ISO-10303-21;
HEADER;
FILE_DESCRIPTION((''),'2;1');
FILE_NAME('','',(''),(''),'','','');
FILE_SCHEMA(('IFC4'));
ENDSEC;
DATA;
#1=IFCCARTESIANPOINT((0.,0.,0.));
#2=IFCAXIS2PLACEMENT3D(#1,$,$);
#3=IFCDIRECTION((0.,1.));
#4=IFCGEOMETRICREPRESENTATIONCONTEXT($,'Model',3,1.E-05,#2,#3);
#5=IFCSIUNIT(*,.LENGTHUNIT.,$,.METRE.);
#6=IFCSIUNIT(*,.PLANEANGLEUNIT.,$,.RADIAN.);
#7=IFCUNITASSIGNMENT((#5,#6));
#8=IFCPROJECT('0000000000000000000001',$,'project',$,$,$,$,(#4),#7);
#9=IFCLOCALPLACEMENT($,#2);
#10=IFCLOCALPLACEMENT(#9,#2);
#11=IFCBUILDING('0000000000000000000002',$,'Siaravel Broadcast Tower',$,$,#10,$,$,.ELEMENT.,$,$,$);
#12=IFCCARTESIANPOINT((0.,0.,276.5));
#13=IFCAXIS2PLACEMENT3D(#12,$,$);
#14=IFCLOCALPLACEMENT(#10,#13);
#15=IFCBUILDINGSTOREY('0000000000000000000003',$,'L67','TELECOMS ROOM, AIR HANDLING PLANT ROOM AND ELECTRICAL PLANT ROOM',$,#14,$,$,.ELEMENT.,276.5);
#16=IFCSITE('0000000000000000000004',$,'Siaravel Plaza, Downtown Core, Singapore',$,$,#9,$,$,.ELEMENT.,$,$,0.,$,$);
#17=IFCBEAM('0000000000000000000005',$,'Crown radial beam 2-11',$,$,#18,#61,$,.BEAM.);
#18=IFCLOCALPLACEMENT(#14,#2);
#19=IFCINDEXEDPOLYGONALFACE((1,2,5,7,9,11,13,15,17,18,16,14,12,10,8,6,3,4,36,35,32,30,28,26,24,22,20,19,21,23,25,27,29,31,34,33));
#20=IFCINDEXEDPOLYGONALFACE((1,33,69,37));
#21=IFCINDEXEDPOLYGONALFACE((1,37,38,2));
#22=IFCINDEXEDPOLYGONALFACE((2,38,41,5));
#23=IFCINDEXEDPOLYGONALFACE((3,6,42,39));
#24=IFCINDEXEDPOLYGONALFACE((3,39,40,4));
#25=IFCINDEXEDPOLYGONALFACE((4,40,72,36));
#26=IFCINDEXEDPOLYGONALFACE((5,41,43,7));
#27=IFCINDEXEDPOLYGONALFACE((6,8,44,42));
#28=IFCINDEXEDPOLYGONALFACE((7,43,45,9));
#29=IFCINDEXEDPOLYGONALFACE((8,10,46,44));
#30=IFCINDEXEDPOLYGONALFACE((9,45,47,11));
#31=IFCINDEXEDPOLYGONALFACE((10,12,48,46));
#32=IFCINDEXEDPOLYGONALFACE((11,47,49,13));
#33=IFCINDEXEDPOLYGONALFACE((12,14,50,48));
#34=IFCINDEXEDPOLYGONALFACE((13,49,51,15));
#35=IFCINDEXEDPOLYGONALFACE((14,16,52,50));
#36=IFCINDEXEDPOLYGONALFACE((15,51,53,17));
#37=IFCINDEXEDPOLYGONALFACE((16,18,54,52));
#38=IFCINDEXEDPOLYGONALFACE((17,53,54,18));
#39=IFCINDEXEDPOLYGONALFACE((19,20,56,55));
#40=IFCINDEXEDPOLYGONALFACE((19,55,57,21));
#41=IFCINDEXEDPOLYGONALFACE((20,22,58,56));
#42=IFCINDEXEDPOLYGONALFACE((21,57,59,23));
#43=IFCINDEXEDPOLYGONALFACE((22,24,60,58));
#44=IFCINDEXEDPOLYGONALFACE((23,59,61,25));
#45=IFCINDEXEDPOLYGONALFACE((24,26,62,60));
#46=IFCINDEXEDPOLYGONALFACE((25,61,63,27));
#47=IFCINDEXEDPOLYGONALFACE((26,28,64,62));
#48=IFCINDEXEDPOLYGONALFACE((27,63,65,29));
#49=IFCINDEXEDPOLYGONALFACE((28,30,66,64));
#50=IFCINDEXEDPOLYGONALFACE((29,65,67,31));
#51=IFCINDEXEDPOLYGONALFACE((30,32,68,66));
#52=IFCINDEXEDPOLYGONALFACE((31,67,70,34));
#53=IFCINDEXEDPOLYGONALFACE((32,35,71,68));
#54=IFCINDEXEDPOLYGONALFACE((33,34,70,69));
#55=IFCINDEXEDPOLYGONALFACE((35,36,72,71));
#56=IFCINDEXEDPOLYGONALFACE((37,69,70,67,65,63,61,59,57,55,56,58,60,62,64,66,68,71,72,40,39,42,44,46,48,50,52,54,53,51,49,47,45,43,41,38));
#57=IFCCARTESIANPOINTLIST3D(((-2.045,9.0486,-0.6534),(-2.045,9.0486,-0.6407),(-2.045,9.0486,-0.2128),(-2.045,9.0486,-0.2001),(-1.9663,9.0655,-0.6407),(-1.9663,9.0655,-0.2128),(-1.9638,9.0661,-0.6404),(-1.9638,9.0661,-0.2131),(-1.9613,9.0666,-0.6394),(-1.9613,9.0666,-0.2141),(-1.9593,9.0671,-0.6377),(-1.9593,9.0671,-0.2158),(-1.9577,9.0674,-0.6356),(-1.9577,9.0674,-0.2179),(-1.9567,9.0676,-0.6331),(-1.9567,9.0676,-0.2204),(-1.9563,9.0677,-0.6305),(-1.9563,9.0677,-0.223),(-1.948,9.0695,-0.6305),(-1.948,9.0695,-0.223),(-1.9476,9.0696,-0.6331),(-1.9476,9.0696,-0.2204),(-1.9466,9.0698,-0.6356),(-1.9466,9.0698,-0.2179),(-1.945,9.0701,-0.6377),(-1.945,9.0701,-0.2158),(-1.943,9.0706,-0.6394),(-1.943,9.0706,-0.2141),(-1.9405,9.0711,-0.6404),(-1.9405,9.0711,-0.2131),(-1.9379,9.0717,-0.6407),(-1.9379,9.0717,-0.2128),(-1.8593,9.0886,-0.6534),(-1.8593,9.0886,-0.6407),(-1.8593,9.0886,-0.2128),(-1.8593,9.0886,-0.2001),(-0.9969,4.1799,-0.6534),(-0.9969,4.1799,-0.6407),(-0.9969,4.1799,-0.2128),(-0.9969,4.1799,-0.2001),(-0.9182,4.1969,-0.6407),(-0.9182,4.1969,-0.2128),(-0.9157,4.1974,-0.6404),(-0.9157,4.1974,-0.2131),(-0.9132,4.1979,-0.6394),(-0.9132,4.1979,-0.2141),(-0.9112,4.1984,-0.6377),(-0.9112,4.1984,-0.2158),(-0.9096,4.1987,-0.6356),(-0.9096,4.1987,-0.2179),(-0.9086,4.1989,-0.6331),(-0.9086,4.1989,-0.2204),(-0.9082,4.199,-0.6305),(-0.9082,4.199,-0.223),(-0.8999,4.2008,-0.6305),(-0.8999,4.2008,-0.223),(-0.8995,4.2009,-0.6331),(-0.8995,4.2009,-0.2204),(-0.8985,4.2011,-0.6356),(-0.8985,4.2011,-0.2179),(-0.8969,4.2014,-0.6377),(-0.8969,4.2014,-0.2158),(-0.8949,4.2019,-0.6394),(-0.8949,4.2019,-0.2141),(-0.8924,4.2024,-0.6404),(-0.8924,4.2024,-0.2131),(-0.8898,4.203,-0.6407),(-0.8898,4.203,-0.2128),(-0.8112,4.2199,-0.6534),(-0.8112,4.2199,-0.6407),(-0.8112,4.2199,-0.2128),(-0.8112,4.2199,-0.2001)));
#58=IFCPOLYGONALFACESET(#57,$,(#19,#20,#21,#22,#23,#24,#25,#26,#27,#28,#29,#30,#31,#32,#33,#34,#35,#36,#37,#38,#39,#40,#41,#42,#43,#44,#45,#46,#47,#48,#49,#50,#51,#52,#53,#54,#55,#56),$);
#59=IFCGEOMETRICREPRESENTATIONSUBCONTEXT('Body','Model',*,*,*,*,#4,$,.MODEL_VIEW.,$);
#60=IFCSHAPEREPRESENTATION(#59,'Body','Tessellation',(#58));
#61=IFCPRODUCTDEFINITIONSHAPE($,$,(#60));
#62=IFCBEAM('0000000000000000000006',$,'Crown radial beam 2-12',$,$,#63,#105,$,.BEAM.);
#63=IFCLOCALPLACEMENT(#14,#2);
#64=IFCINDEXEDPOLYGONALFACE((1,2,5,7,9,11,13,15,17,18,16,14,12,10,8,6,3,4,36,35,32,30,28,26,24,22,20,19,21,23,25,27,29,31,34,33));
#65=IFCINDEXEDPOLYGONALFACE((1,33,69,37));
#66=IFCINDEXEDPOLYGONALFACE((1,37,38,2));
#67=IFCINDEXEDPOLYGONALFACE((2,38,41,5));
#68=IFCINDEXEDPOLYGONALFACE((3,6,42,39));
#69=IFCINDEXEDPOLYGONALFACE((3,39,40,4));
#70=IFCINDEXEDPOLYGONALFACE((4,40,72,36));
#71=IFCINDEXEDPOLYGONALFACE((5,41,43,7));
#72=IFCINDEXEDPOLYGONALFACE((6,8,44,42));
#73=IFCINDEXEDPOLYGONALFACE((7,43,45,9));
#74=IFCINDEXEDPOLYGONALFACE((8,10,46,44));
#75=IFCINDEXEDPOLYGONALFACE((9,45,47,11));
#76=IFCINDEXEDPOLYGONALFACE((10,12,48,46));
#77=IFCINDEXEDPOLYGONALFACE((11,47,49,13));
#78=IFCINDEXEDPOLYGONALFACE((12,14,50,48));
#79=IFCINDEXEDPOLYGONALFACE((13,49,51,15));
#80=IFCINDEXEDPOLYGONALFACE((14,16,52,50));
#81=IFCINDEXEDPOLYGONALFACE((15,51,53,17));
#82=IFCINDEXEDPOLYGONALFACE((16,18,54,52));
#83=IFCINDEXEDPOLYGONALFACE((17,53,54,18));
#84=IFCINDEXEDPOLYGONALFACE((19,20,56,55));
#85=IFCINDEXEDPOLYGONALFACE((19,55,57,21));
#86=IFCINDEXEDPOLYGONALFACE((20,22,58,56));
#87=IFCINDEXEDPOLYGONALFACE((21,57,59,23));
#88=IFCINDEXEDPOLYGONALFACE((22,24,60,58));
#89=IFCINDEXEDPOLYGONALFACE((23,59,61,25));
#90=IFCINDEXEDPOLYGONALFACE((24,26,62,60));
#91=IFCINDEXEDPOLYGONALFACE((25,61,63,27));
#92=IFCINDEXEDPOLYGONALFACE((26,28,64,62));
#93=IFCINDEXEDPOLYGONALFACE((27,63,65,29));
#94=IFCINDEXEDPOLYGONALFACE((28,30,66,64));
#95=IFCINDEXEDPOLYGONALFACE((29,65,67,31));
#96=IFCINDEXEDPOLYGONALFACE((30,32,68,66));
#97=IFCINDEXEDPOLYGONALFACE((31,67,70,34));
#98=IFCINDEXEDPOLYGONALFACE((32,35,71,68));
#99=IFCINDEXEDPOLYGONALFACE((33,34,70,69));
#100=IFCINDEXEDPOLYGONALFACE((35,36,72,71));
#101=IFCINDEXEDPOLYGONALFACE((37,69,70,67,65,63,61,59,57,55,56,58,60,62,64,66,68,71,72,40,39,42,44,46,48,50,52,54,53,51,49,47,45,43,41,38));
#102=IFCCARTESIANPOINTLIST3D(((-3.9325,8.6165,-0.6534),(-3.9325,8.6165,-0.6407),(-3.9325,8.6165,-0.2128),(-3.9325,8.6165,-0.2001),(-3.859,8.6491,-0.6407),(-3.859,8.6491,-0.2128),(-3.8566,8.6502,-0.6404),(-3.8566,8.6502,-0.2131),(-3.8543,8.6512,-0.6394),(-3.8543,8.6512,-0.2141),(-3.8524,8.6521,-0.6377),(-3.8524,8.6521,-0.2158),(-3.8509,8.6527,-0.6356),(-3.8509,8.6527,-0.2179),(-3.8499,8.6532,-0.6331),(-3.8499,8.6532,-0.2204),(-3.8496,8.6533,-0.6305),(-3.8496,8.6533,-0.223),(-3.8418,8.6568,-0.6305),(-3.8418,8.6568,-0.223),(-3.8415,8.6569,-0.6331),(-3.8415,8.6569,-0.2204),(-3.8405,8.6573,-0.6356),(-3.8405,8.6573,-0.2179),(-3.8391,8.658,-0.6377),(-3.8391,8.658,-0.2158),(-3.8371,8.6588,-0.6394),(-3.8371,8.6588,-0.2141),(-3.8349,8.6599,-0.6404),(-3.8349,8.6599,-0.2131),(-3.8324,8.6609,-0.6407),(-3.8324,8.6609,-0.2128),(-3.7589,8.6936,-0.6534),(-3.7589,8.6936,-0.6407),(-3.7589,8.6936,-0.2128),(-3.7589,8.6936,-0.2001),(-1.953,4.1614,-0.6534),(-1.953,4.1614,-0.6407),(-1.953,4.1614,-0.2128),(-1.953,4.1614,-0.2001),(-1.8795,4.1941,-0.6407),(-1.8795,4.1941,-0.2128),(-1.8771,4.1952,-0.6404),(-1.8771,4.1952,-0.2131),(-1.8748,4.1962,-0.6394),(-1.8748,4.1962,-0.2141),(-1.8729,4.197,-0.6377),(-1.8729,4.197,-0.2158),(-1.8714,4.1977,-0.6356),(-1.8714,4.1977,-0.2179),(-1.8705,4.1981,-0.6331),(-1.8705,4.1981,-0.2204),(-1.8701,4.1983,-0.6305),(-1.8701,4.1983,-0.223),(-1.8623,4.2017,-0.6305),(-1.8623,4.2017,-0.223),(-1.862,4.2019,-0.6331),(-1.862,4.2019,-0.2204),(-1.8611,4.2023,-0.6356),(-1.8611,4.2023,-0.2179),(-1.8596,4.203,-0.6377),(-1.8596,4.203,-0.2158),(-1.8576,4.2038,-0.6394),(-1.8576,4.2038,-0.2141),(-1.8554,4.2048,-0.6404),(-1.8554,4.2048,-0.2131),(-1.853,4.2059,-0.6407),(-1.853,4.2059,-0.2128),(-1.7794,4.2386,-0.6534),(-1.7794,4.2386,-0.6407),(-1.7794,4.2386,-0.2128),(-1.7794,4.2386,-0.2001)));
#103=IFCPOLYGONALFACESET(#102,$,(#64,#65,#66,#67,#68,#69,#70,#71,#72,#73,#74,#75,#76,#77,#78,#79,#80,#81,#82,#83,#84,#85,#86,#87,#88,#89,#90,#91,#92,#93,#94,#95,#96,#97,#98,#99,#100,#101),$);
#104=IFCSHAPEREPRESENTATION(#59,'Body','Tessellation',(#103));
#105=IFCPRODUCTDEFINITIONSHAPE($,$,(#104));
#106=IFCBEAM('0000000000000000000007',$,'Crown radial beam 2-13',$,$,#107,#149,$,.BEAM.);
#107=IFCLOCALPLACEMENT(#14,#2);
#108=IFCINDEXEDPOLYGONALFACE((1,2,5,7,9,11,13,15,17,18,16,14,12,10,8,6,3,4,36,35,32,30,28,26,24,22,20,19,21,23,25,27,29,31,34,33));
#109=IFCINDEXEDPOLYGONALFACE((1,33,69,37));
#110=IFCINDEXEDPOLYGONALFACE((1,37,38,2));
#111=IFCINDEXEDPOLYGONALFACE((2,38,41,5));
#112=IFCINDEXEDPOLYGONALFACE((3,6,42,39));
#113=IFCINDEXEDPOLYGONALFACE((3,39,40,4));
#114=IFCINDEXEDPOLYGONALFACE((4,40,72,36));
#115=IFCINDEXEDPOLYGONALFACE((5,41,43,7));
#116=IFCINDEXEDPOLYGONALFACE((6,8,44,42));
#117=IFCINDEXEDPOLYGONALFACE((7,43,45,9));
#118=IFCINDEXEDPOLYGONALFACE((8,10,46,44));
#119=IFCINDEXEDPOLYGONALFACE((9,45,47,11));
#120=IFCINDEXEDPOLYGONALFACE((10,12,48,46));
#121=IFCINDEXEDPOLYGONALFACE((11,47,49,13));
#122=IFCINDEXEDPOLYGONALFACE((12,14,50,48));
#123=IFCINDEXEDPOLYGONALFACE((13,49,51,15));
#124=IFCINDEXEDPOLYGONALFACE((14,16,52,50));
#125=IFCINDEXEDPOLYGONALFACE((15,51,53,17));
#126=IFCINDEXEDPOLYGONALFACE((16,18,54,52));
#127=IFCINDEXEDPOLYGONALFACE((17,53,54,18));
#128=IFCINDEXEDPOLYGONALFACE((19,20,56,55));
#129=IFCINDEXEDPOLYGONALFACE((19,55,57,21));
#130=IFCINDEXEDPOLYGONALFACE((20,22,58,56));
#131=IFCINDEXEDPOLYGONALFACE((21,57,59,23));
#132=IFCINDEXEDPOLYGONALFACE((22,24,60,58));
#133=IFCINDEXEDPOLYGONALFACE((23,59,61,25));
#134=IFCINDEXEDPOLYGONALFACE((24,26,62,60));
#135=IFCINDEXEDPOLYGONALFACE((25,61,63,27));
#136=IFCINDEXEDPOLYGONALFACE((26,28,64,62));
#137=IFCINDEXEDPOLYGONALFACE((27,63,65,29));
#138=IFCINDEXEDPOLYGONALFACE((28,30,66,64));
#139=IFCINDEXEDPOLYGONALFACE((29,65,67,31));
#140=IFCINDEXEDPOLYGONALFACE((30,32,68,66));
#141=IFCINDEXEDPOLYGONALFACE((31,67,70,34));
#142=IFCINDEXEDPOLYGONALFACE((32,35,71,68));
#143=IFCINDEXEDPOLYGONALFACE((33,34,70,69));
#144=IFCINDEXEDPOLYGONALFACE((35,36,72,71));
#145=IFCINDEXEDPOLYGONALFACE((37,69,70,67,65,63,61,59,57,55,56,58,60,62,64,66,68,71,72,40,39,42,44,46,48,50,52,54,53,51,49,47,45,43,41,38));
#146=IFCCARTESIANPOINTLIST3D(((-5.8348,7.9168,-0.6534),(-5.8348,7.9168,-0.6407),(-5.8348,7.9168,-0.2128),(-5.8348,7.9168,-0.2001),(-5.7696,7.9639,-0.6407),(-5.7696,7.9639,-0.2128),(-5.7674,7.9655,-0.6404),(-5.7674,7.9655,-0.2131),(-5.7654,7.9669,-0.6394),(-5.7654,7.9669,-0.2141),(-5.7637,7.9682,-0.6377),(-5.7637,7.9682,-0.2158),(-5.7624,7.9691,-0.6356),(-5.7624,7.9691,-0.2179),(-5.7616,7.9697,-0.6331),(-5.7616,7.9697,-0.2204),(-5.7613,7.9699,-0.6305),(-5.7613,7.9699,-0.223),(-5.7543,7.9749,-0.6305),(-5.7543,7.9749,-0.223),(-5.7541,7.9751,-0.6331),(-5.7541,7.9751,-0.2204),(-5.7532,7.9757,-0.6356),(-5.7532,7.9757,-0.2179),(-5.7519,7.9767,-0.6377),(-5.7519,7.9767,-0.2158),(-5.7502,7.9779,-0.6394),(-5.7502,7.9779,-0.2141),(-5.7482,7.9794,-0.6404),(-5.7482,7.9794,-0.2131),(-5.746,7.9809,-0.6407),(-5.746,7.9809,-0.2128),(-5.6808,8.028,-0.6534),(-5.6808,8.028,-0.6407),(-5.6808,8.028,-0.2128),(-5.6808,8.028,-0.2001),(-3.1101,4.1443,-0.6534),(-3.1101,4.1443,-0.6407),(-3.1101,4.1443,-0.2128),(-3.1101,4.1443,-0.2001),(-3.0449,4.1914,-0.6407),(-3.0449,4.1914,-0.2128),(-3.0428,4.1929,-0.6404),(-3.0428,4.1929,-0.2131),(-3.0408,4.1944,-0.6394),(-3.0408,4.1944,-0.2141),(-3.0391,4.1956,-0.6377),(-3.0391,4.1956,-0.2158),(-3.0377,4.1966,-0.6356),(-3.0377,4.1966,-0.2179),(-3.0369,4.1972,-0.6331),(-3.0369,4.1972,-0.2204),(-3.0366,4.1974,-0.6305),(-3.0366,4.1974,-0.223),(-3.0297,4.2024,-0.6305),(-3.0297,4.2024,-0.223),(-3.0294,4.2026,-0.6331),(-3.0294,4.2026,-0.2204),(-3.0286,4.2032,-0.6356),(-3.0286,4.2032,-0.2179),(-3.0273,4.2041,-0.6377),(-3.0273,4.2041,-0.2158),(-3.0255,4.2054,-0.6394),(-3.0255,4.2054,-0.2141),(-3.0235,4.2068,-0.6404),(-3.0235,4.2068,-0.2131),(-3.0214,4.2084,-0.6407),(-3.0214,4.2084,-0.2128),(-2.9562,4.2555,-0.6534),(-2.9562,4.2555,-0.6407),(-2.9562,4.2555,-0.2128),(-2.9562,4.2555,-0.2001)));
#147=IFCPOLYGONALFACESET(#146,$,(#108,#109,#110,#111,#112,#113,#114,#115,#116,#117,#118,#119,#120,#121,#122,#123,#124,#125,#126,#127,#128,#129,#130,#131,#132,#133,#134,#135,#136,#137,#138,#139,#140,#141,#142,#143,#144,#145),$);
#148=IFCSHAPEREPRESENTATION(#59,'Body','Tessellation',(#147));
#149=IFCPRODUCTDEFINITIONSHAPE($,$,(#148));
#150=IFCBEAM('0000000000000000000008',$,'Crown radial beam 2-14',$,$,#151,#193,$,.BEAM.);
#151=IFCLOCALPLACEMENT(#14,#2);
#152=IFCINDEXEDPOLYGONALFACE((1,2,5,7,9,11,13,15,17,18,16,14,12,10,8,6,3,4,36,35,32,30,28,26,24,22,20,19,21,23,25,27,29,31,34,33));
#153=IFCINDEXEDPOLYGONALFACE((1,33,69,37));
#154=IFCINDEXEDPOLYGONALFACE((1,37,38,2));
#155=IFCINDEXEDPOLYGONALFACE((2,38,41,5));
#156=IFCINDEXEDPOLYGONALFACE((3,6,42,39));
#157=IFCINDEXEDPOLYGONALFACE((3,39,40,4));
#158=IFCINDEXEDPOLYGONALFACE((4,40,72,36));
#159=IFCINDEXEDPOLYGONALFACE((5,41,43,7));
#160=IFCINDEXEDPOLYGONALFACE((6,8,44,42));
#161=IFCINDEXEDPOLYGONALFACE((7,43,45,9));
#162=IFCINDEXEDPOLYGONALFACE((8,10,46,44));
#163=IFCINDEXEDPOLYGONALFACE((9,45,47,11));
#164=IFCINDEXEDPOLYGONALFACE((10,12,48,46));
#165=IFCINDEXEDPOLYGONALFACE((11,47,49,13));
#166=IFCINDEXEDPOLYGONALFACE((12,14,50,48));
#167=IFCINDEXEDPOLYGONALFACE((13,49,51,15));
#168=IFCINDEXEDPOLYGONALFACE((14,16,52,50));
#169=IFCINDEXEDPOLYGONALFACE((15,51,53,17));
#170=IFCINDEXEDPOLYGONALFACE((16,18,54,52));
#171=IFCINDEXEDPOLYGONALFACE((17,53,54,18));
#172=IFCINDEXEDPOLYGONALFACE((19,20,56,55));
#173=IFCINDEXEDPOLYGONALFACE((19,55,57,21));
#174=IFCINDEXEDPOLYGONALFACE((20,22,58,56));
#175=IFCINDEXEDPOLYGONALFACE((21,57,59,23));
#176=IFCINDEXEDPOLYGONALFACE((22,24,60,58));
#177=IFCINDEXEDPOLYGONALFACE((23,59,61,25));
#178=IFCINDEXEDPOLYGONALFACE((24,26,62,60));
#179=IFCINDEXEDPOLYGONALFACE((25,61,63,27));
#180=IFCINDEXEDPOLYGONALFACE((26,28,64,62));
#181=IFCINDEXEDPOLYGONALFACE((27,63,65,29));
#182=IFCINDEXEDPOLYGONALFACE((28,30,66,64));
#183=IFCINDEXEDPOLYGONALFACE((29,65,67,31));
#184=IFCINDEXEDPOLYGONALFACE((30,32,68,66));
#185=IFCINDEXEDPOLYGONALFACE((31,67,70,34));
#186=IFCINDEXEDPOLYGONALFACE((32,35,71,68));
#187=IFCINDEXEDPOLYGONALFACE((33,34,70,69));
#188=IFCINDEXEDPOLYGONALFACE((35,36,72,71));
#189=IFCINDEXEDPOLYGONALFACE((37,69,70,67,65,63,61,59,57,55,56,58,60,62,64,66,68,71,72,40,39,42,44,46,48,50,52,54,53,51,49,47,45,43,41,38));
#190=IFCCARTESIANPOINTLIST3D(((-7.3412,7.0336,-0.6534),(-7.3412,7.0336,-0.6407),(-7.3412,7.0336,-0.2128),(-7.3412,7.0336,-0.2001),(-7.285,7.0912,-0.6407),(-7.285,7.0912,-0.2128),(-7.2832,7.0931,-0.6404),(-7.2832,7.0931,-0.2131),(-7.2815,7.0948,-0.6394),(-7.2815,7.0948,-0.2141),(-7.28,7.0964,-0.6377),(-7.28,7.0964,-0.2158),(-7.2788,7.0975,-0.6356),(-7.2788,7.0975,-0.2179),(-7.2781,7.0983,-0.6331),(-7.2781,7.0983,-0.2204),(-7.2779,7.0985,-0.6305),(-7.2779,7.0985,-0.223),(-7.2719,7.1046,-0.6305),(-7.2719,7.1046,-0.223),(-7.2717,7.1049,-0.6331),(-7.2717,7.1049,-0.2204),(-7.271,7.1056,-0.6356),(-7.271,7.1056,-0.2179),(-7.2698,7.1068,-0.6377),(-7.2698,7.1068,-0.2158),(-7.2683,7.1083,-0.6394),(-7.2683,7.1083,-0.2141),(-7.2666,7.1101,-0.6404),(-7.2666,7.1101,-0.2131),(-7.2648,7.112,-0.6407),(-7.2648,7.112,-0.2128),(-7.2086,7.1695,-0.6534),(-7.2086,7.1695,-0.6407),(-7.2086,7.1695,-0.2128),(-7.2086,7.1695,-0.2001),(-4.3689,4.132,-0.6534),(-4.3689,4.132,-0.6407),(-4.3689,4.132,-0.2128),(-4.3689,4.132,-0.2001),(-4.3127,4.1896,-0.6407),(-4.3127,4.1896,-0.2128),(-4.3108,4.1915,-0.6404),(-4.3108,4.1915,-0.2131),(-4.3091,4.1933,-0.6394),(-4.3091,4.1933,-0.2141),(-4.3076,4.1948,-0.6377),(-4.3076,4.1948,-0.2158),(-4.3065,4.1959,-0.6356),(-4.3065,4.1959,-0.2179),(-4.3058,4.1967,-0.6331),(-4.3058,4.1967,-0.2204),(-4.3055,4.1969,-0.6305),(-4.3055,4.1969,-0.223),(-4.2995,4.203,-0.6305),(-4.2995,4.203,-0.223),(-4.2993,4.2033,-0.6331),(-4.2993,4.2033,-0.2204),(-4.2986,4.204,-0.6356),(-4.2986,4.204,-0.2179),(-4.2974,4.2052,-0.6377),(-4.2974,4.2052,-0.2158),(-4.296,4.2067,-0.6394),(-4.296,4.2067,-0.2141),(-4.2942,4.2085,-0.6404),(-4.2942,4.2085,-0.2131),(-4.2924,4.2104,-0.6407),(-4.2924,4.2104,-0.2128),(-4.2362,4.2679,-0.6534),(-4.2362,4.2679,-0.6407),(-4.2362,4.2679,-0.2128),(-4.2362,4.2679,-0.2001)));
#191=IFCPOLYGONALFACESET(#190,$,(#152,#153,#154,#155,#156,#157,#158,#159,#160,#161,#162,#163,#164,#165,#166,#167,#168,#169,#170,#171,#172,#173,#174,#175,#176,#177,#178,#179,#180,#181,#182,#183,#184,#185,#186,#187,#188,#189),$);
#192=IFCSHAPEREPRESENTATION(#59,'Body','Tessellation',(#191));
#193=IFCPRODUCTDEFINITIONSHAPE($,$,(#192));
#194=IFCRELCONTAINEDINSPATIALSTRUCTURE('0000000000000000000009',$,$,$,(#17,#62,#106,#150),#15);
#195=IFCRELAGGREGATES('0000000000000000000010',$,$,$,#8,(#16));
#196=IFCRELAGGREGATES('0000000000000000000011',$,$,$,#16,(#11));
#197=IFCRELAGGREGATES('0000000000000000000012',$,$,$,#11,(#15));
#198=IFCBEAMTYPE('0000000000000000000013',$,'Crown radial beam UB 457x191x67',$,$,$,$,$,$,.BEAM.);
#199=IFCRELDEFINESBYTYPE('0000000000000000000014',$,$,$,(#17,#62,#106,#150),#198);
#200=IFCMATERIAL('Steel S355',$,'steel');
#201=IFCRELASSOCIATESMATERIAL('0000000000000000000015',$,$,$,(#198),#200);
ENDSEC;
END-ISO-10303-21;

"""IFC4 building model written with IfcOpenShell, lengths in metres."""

from ifc_helpers import new_model, si_unit, direction, frame, origin, origin_2d, place, context, subcontext, project, spatial, i_section, extrude, material, material_profile, profile_set, type_object, element, save


model = new_model("IFC4")

# Units and contexts
model_context = context("Model", 3, precision=1e-05, world=origin(), true_north=direction((0.0, 1.0)))
body_context = subcontext(model_context, "Body", "Model", "MODEL_VIEW")
ifc_project = project(units=[si_unit("LENGTHUNIT", "METRE"), si_unit("PLANEANGLEUNIT", "RADIAN")], contexts=[model_context])

# Site, building, storey
site_placement = place(None, origin())
site = spatial("IfcSite", under=ifc_project, at=site_placement, Name="Siaravel Plaza, Downtown Core, Singapore", CompositionType="ELEMENT", RefElevation=0.0)
building_placement = place(site_placement, origin())
building = spatial("IfcBuilding", under=site, at=building_placement, Name="Siaravel Broadcast Tower", CompositionType="ELEMENT")
storey_placement = place(building_placement, frame((0.0, 0.0, 276.5)))
storey = spatial("IfcBuildingStorey", under=building, at=storey_placement, Name="L67", Description="TELECOMS ROOM, AIR HANDLING PLANT ROOM AND ELECTRICAL PLANT ROOM", CompositionType="ELEMENT", Elevation=276.5)

# Beams
ifc_material_1 = material(Name="Steel S355", Category="steel")
ifc_material_profile_1 = material_profile(ifc_material_1, i_section(OverallWidth=0.1899, OverallDepth=0.4534, WebThickness=0.0085, FlangeThickness=0.0127, FilletRadius=0.0103, at=origin_2d()))
ifc_profile_set_1 = profile_set([ifc_material_profile_1], Name="Steel S355")
beam_type_1 = type_object("IfcBeamType", Name="Crown radial beam UB 457x191x67", PredefinedType="BEAM", material=ifc_profile_set_1)
beam_1_placement = place(storey_placement, frame((-1.9521, 9.0686, -0.4268), z_axis=(0.210453, -0.977604, 0.0), x_axis=(0.977604, 0.210453, 0.0)))
element("IfcBeam", 1, at=beam_1_placement, inside=storey, type_object=beam_type_1, Name="Crown radial beam 2-11", PredefinedType="BEAM", context=body_context, shape_type="SweptSolid", body=[
    extrude(i_section(OverallWidth=0.1899, OverallDepth=0.4534, WebThickness=0.0085, FlangeThickness=0.0127, FilletRadius=0.0103, at=origin_2d()), origin(), (0.0, 0.0, 1.0), 4.9802),
])
beam_2_placement = place(storey_placement, frame((-3.8457, 8.655, -0.4268), z_axis=(0.406046, -0.913853, 0.0), x_axis=(0.913853, 0.406046, 0.0)))
element("IfcBeam", 2, at=beam_2_placement, inside=storey, type_object=beam_type_1, Name="Crown radial beam 2-12", PredefinedType="BEAM", context=body_context, shape_type="SweptSolid", body=[
    extrude(i_section(OverallWidth=0.1899, OverallDepth=0.4534, WebThickness=0.0085, FlangeThickness=0.0127, FilletRadius=0.0103, at=origin_2d()), origin(), (0.0, 0.0, 1.0), 4.875),
])
beam_3_placement = place(storey_placement, frame((-5.7578, 7.9724, -0.4268), z_axis=(0.585498, -0.810674, 0.0), x_axis=(0.810674, 0.585498, 0.0)))
element("IfcBeam", 3, at=beam_3_placement, inside=storey, type_object=beam_type_1, Name="Crown radial beam 2-13", PredefinedType="BEAM", context=body_context, shape_type="SweptSolid", body=[
    extrude(i_section(OverallWidth=0.1899, OverallDepth=0.4534, WebThickness=0.0085, FlangeThickness=0.0127, FilletRadius=0.0103, at=origin_2d()), origin(), (0.0, 0.0, 1.0), 4.6536),
])
beam_4_placement = place(storey_placement, frame((-7.2749, 7.1016, -0.4268), z_axis=(0.715578, -0.698533, 0.0), x_axis=(0.698533, 0.715578, 0.0)))
element("IfcBeam", 4, at=beam_4_placement, inside=storey, type_object=beam_type_1, Name="Crown radial beam 2-14", PredefinedType="BEAM", context=body_context, shape_type="SweptSolid", body=[
    extrude(i_section(OverallWidth=0.1899, OverallDepth=0.4534, WebThickness=0.0085, FlangeThickness=0.0127, FilletRadius=0.0103, at=origin_2d()), origin(), (0.0, 0.0, 1.0), 4.1538),
])

save(model, "model.ifc")
